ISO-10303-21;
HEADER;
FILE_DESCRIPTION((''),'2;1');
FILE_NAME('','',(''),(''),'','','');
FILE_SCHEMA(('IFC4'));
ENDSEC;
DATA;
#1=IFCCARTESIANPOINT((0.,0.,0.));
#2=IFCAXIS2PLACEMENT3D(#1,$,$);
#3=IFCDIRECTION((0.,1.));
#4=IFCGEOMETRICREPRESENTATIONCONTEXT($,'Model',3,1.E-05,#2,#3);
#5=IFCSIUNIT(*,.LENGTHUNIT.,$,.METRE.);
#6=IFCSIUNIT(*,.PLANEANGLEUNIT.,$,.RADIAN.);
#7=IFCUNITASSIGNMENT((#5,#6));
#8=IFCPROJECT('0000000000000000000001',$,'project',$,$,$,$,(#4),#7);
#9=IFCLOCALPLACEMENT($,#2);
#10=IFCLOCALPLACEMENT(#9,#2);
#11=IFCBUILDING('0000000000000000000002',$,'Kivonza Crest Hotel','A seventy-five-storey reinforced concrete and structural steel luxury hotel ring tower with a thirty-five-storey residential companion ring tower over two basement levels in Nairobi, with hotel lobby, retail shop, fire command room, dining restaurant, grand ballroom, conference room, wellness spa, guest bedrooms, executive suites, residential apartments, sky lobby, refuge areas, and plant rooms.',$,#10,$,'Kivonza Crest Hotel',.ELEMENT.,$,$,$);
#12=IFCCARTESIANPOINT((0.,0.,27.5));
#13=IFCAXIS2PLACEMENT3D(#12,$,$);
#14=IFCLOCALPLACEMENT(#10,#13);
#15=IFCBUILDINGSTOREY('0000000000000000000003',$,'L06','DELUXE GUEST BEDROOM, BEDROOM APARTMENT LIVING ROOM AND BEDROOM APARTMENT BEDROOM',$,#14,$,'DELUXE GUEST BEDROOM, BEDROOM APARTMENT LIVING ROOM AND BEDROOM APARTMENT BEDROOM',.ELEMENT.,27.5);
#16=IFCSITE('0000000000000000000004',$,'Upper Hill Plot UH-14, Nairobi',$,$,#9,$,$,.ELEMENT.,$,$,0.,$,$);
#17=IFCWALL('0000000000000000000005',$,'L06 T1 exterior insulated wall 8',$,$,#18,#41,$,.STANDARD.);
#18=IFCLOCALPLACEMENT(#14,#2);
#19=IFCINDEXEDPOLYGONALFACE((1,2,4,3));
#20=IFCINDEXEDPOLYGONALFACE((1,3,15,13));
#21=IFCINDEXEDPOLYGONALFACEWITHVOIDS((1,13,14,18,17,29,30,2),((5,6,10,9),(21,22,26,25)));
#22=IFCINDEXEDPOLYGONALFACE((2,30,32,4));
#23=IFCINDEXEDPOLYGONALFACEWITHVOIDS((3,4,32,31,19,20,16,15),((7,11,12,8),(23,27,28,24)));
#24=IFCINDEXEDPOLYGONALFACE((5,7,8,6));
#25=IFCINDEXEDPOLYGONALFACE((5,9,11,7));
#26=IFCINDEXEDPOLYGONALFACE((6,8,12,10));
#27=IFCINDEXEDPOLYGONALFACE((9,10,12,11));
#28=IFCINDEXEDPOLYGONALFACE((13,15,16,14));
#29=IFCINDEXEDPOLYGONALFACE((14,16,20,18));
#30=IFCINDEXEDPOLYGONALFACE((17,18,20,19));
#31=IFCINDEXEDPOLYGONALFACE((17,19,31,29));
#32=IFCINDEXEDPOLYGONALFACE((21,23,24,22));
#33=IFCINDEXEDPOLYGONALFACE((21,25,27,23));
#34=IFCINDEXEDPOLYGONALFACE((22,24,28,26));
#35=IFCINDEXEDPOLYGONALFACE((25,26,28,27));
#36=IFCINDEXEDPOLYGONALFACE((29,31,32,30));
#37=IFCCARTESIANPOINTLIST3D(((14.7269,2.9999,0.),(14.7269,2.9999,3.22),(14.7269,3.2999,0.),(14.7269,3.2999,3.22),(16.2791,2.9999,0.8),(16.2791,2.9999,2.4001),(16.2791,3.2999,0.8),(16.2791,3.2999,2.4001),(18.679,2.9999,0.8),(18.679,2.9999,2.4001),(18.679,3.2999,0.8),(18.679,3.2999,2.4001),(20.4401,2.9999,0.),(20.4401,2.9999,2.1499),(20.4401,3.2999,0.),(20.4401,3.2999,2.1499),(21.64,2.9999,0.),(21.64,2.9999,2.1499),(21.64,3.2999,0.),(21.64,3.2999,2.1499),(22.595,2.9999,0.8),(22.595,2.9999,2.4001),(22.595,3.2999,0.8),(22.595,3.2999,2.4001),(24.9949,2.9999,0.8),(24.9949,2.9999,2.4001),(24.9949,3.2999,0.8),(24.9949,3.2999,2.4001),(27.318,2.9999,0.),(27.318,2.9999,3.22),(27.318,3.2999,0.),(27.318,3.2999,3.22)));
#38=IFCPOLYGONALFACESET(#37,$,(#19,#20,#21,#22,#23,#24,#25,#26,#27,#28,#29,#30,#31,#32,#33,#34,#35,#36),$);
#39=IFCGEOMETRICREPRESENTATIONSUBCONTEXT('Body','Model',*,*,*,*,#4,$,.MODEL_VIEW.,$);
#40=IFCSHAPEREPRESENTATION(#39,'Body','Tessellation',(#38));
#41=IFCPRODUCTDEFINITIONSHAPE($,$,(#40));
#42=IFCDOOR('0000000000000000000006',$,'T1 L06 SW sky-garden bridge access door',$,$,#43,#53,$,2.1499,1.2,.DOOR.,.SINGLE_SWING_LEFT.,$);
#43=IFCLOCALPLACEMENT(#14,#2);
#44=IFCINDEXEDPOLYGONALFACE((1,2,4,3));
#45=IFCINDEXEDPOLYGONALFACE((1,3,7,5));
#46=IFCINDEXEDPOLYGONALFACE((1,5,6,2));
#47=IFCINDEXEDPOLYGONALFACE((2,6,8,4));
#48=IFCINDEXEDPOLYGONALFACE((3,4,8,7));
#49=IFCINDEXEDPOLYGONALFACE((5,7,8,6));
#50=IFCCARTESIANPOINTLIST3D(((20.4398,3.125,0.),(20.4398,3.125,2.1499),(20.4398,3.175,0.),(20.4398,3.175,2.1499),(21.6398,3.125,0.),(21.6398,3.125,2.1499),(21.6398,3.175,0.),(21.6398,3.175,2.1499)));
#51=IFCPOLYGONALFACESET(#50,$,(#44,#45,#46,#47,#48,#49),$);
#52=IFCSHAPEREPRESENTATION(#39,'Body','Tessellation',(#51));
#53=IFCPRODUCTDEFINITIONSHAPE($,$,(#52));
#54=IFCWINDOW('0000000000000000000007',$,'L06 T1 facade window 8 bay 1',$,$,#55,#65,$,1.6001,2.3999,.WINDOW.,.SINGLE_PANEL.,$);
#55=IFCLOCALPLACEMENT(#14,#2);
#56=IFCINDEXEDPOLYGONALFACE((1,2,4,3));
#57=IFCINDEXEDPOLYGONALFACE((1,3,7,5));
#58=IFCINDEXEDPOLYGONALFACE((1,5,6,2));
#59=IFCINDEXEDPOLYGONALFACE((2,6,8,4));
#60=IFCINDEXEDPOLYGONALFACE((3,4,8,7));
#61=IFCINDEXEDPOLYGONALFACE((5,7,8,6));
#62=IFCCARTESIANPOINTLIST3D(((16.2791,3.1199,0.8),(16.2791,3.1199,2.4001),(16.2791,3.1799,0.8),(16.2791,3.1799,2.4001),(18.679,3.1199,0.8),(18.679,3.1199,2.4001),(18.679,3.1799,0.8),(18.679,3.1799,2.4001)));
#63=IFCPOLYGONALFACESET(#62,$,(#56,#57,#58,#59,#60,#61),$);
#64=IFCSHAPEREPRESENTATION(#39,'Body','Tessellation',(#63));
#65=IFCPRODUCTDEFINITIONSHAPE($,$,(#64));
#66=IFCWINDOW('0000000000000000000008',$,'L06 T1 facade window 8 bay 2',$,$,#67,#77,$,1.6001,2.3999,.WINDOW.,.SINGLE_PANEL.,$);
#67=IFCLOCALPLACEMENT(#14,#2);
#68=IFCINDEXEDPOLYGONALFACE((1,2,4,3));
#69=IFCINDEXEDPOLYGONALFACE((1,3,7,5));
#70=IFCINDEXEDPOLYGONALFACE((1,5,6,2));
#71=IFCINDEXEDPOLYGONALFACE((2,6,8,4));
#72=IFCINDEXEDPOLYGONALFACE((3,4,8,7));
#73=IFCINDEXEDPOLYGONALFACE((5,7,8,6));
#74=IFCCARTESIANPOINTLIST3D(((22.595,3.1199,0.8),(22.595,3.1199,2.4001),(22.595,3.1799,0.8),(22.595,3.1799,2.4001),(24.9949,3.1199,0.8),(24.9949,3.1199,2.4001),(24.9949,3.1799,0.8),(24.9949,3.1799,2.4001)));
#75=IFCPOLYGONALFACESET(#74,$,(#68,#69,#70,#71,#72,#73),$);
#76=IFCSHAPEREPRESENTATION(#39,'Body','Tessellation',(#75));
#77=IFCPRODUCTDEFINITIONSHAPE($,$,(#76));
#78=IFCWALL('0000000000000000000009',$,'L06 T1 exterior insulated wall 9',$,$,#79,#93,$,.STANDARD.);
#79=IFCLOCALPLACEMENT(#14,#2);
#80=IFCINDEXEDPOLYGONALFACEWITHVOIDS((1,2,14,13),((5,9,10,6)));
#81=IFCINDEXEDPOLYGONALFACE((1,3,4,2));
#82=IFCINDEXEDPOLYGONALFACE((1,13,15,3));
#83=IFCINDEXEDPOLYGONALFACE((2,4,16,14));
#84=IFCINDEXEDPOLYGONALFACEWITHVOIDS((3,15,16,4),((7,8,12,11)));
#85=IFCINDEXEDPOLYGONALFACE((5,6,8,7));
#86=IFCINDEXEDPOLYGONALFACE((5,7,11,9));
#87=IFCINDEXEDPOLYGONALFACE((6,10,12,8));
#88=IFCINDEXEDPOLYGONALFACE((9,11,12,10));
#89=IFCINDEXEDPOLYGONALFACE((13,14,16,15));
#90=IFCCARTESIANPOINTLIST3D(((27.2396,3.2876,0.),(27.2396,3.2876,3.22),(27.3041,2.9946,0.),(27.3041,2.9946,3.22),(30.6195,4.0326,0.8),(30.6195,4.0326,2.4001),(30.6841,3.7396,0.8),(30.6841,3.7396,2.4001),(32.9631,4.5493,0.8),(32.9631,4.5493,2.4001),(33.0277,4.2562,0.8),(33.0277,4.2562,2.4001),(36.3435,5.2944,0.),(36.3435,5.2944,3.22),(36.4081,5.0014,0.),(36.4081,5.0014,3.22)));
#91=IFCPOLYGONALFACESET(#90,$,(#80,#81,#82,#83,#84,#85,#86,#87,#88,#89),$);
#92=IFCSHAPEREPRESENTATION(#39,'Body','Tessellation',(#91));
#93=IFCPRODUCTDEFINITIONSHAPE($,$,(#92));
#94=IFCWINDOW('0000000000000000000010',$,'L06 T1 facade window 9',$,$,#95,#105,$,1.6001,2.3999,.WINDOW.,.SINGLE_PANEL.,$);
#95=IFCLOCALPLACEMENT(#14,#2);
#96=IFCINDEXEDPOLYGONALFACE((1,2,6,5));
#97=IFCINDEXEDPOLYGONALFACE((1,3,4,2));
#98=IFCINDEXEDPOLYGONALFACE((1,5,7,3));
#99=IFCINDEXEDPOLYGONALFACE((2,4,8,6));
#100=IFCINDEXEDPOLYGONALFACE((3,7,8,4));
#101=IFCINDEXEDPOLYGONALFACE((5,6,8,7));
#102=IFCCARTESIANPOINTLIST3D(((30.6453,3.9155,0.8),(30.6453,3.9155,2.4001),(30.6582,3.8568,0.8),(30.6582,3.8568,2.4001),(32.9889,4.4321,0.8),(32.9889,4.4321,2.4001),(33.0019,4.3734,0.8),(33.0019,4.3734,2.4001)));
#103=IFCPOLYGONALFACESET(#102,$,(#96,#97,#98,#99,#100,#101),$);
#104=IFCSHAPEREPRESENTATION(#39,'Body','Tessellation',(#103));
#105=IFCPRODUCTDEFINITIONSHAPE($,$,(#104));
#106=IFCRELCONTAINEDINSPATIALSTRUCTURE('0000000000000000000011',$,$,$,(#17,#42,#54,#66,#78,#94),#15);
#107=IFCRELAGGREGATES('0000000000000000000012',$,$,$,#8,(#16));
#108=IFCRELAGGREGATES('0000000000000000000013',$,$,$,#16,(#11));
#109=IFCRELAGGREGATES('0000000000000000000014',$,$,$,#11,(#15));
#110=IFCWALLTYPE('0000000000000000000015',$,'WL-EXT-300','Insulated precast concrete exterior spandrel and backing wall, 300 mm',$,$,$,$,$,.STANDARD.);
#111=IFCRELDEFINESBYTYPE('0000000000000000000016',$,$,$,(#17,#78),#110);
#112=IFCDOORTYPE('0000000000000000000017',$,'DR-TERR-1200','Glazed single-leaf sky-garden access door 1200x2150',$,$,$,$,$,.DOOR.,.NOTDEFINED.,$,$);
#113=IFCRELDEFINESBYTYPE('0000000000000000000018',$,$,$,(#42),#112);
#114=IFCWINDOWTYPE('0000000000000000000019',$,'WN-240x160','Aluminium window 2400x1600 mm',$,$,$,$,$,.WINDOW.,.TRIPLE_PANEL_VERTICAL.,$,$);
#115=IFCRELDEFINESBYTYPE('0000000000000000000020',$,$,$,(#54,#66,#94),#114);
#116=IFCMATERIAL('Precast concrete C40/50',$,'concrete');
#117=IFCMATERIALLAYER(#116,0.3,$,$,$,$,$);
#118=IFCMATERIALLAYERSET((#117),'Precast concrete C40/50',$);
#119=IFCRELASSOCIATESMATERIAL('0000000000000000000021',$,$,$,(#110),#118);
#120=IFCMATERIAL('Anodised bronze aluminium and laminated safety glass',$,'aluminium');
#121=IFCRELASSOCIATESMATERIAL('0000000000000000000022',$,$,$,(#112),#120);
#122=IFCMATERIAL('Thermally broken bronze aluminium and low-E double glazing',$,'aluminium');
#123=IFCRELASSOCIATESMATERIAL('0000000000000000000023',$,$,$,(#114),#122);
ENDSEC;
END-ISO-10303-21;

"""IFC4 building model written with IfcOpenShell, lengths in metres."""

from ifc_helpers import new_model, si_unit, direction, frame, frame_2d, origin, place, context, subcontext, project, spatial, rectangle, extrude, material, layer, layer_set, type_object, element, fill, save


model = new_model("IFC4")

# Units and contexts
model_context = context("Model", 3, precision=1e-05, world=origin(), true_north=direction((0.0, 1.0)))
body_context = subcontext(model_context, "Body", "Model", "MODEL_VIEW")
ifc_project = project(units=[si_unit("LENGTHUNIT", "METRE"), si_unit("PLANEANGLEUNIT", "RADIAN")], contexts=[model_context])

# Site, building, storey
site_placement = place(None, origin())
site = spatial("IfcSite", under=ifc_project, at=site_placement, Name="Upper Hill Plot UH-14, Nairobi", CompositionType="ELEMENT", RefElevation=0.0)
building_placement = place(site_placement, origin())
building = spatial("IfcBuilding", under=site, at=building_placement, Name="Kivonza Crest Hotel", Description="A seventy-five-storey reinforced concrete and structural steel luxury hotel ring tower with a thirty-five-storey residential companion ring tower over two basement levels in Nairobi, with hotel lobby, retail shop, fire command room, dining restaurant, grand ballroom, conference room, wellness spa, guest bedrooms, executive suites, residential apartments, sky lobby, refuge areas, and plant rooms.", LongName="Kivonza Crest Hotel", CompositionType="ELEMENT")
storey_placement = place(building_placement, frame((0.0, 0.0, 27.5)))
storey = spatial("IfcBuildingStorey", under=building, at=storey_placement, Name="L06", Description="DELUXE GUEST BEDROOM, BEDROOM APARTMENT LIVING ROOM AND BEDROOM APARTMENT BEDROOM", LongName="DELUXE GUEST BEDROOM, BEDROOM APARTMENT LIVING ROOM AND BEDROOM APARTMENT BEDROOM", CompositionType="ELEMENT", Elevation=27.5)

# Wall, openings, door, windows
ifc_material_1 = material(Name="Precast concrete C40/50", Category="concrete")
ifc_layer_1 = layer(ifc_material_1, 0.3)
ifc_layer_set_1 = layer_set([ifc_layer_1], Name="Precast concrete C40/50")
wall_type_1 = type_object("IfcWallType", Name="WL-EXT-300", Description="Insulated precast concrete exterior spandrel and backing wall, 300 mm", PredefinedType="STANDARD", material=ifc_layer_set_1)
wall_1_placement = place(storey_placement, frame((14.7271, 3.1499, 0.0), z_axis=(0.0, 0.0, 1.0), x_axis=(1.0, 0.0, 0.0)))
wall_1 = element("IfcWall", 1, at=wall_1_placement, inside=storey, type_object=wall_type_1, Name="L06 T1 exterior insulated wall 8", PredefinedType="STANDARD", context=body_context, shape_type="SweptSolid", body=[
    extrude(rectangle(XDim=12.5911, YDim=0.3, at=frame_2d((6.2954, 0.0))), origin(), (0.0, 0.0, 1.0), 3.22),
])
opening_1_placement = place(wall_1_placement, frame((5.7129, 0.0, 0.0)))
opening_1 = element("IfcOpeningElement", 2, at=opening_1_placement, cuts=wall_1, PredefinedType="OPENING", context=body_context, shape_type="SweptSolid", body=[
    extrude(rectangle(XDim=1.2, YDim=2.1499, at=frame_2d((0.6001, 1.075))), frame((0.0, 0.1602, 0.0), z_axis=(0.0, -1.0, 0.0), x_axis=(1.0, 0.0, 0.0)), (0.0, 0.0, 1.0), 0.3201),
])
opening_2_placement = place(wall_1_placement, frame((1.552, 0.0, 0.8)))
opening_2 = element("IfcOpeningElement", 3, at=opening_2_placement, cuts=wall_1, PredefinedType="OPENING", context=body_context, shape_type="SweptSolid", body=[
    extrude(rectangle(XDim=2.3999, YDim=1.6001, at=frame_2d((1.2, 0.8))), frame((0.0, 0.1602, 0.0), z_axis=(0.0, -1.0, 0.0), x_axis=(1.0, 0.0, 0.0)), (0.0, 0.0, 1.0), 0.3201),
])
opening_3_placement = place(wall_1_placement, frame((7.8679, 0.0, 0.8)))
opening_3 = element("IfcOpeningElement", 4, at=opening_3_placement, cuts=wall_1, PredefinedType="OPENING", context=body_context, shape_type="SweptSolid", body=[
    extrude(rectangle(XDim=2.3999, YDim=1.6001, at=frame_2d((1.2, 0.8))), frame((0.0, 0.1602, 0.0), z_axis=(0.0, -1.0, 0.0), x_axis=(1.0, 0.0, 0.0)), (0.0, 0.0, 1.0), 0.3201),
])
ifc_material_2 = material(Name="Anodised bronze aluminium and laminated safety glass", Category="aluminium")
door_type_1 = type_object("IfcDoorType", Name="DR-TERR-1200", Description="Glazed single-leaf sky-garden access door 1200x2150", OperationType="NOTDEFINED", PredefinedType="DOOR", material=ifc_material_2)
door_1_placement = place(opening_1_placement, frame((1.2, 0.0, 0.0), z_axis=(0.0, 0.0, 1.0), x_axis=(-1.0, 0.0, 0.0)))
door_1 = element("IfcDoor", 5, at=door_1_placement, inside=storey, type_object=door_type_1, Name="T1 L06 SW sky-garden bridge access door", OperationType="SINGLE_SWING_LEFT", OverallHeight=2.1499, OverallWidth=1.2, PredefinedType="DOOR", context=body_context, shape_type="SweptSolid", body=[
    extrude(rectangle(XDim=1.2, YDim=2.1499, at=frame_2d((0.6001, 1.075))), frame((0.0, 0.0249, 0.0), z_axis=(0.0, -1.0, 0.0), x_axis=(1.0, 0.0, 0.0)), (0.0, 0.0, 1.0), 0.05),
])
fill(opening_1, door_1)
ifc_material_3 = material(Name="Thermally broken bronze aluminium and low-E double glazing", Category="aluminium")
window_type = type_object("IfcWindowType", Name="WN-240x160", Description="Aluminium window 2400x1600 mm", PartitioningType="TRIPLE_PANEL_VERTICAL", PredefinedType="WINDOW", material=ifc_material_3)
window_1_placement = place(opening_2_placement, origin())
window_1 = element("IfcWindow", 6, at=window_1_placement, inside=storey, type_object=window_type, Name="L06 T1 facade window 8 bay 1", OverallHeight=1.6001, OverallWidth=2.3999, PartitioningType="SINGLE_PANEL", PredefinedType="WINDOW", context=body_context, shape_type="SweptSolid", body=[
    extrude(rectangle(XDim=2.3999, YDim=1.6001, at=frame_2d((1.2, 0.8))), frame((0.0, 0.03, 0.0), z_axis=(0.0, -1.0, 0.0), x_axis=(1.0, 0.0, 0.0)), (0.0, 0.0, 1.0), 0.0601),
])
fill(opening_2, window_1)
window_2_placement = place(opening_3_placement, origin())
window_2 = element("IfcWindow", 7, at=window_2_placement, inside=storey, type_object=window_type, Name="L06 T1 facade window 8 bay 2", OverallHeight=1.6001, OverallWidth=2.3999, PartitioningType="SINGLE_PANEL", PredefinedType="WINDOW", context=body_context, shape_type="SweptSolid", body=[
    extrude(rectangle(XDim=2.3999, YDim=1.6001, at=frame_2d((1.2, 0.8))), frame((0.0, 0.03, 0.0), z_axis=(0.0, -1.0, 0.0), x_axis=(1.0, 0.0, 0.0)), (0.0, 0.0, 1.0), 0.0601),
])
fill(opening_3, window_2)

# Wall, opening, window
wall_2_placement = place(storey_placement, frame((27.272, 3.1411, 0.0), z_axis=(0.0, 0.0, 1.0), x_axis=(0.976555, 0.215266, 0.0)))
wall_2 = element("IfcWall", 8, at=wall_2_placement, inside=storey, type_object=wall_type_1, Name="L06 T1 exterior insulated wall 9", PredefinedType="STANDARD", context=body_context, shape_type="SweptSolid", body=[
    extrude(rectangle(XDim=9.3225, YDim=0.3, at=frame_2d((4.6611, 0.0))), origin(), (0.0, 0.0, 1.0), 3.22),
])
opening_4_placement = place(wall_2_placement, frame((3.4609, 0.0, 0.8)))
opening_4 = element("IfcOpeningElement", 9, at=opening_4_placement, cuts=wall_2, PredefinedType="OPENING", context=body_context, shape_type="SweptSolid", body=[
    extrude(rectangle(XDim=2.3999, YDim=1.6001, at=frame_2d((1.2, 0.8))), frame((0.0, 0.1602, 0.0), z_axis=(0.0, -1.0, 0.0), x_axis=(1.0, 0.0, 0.0)), (0.0, 0.0, 1.0), 0.3201),
])
window_3_placement = place(opening_4_placement, origin())
window_3 = element("IfcWindow", 10, at=window_3_placement, inside=storey, type_object=window_type, Name="L06 T1 facade window 9", OverallHeight=1.6001, OverallWidth=2.3999, PartitioningType="SINGLE_PANEL", PredefinedType="WINDOW", context=body_context, shape_type="SweptSolid", body=[
    extrude(rectangle(XDim=2.3999, YDim=1.6001, at=frame_2d((1.2, 0.8))), frame((0.0, 0.03, 0.0), z_axis=(0.0, -1.0, 0.0), x_axis=(1.0, 0.0, 0.0)), (0.0, 0.0, 1.0), 0.0601),
])
fill(opening_4, window_3)

save(model, "model.ifc")
